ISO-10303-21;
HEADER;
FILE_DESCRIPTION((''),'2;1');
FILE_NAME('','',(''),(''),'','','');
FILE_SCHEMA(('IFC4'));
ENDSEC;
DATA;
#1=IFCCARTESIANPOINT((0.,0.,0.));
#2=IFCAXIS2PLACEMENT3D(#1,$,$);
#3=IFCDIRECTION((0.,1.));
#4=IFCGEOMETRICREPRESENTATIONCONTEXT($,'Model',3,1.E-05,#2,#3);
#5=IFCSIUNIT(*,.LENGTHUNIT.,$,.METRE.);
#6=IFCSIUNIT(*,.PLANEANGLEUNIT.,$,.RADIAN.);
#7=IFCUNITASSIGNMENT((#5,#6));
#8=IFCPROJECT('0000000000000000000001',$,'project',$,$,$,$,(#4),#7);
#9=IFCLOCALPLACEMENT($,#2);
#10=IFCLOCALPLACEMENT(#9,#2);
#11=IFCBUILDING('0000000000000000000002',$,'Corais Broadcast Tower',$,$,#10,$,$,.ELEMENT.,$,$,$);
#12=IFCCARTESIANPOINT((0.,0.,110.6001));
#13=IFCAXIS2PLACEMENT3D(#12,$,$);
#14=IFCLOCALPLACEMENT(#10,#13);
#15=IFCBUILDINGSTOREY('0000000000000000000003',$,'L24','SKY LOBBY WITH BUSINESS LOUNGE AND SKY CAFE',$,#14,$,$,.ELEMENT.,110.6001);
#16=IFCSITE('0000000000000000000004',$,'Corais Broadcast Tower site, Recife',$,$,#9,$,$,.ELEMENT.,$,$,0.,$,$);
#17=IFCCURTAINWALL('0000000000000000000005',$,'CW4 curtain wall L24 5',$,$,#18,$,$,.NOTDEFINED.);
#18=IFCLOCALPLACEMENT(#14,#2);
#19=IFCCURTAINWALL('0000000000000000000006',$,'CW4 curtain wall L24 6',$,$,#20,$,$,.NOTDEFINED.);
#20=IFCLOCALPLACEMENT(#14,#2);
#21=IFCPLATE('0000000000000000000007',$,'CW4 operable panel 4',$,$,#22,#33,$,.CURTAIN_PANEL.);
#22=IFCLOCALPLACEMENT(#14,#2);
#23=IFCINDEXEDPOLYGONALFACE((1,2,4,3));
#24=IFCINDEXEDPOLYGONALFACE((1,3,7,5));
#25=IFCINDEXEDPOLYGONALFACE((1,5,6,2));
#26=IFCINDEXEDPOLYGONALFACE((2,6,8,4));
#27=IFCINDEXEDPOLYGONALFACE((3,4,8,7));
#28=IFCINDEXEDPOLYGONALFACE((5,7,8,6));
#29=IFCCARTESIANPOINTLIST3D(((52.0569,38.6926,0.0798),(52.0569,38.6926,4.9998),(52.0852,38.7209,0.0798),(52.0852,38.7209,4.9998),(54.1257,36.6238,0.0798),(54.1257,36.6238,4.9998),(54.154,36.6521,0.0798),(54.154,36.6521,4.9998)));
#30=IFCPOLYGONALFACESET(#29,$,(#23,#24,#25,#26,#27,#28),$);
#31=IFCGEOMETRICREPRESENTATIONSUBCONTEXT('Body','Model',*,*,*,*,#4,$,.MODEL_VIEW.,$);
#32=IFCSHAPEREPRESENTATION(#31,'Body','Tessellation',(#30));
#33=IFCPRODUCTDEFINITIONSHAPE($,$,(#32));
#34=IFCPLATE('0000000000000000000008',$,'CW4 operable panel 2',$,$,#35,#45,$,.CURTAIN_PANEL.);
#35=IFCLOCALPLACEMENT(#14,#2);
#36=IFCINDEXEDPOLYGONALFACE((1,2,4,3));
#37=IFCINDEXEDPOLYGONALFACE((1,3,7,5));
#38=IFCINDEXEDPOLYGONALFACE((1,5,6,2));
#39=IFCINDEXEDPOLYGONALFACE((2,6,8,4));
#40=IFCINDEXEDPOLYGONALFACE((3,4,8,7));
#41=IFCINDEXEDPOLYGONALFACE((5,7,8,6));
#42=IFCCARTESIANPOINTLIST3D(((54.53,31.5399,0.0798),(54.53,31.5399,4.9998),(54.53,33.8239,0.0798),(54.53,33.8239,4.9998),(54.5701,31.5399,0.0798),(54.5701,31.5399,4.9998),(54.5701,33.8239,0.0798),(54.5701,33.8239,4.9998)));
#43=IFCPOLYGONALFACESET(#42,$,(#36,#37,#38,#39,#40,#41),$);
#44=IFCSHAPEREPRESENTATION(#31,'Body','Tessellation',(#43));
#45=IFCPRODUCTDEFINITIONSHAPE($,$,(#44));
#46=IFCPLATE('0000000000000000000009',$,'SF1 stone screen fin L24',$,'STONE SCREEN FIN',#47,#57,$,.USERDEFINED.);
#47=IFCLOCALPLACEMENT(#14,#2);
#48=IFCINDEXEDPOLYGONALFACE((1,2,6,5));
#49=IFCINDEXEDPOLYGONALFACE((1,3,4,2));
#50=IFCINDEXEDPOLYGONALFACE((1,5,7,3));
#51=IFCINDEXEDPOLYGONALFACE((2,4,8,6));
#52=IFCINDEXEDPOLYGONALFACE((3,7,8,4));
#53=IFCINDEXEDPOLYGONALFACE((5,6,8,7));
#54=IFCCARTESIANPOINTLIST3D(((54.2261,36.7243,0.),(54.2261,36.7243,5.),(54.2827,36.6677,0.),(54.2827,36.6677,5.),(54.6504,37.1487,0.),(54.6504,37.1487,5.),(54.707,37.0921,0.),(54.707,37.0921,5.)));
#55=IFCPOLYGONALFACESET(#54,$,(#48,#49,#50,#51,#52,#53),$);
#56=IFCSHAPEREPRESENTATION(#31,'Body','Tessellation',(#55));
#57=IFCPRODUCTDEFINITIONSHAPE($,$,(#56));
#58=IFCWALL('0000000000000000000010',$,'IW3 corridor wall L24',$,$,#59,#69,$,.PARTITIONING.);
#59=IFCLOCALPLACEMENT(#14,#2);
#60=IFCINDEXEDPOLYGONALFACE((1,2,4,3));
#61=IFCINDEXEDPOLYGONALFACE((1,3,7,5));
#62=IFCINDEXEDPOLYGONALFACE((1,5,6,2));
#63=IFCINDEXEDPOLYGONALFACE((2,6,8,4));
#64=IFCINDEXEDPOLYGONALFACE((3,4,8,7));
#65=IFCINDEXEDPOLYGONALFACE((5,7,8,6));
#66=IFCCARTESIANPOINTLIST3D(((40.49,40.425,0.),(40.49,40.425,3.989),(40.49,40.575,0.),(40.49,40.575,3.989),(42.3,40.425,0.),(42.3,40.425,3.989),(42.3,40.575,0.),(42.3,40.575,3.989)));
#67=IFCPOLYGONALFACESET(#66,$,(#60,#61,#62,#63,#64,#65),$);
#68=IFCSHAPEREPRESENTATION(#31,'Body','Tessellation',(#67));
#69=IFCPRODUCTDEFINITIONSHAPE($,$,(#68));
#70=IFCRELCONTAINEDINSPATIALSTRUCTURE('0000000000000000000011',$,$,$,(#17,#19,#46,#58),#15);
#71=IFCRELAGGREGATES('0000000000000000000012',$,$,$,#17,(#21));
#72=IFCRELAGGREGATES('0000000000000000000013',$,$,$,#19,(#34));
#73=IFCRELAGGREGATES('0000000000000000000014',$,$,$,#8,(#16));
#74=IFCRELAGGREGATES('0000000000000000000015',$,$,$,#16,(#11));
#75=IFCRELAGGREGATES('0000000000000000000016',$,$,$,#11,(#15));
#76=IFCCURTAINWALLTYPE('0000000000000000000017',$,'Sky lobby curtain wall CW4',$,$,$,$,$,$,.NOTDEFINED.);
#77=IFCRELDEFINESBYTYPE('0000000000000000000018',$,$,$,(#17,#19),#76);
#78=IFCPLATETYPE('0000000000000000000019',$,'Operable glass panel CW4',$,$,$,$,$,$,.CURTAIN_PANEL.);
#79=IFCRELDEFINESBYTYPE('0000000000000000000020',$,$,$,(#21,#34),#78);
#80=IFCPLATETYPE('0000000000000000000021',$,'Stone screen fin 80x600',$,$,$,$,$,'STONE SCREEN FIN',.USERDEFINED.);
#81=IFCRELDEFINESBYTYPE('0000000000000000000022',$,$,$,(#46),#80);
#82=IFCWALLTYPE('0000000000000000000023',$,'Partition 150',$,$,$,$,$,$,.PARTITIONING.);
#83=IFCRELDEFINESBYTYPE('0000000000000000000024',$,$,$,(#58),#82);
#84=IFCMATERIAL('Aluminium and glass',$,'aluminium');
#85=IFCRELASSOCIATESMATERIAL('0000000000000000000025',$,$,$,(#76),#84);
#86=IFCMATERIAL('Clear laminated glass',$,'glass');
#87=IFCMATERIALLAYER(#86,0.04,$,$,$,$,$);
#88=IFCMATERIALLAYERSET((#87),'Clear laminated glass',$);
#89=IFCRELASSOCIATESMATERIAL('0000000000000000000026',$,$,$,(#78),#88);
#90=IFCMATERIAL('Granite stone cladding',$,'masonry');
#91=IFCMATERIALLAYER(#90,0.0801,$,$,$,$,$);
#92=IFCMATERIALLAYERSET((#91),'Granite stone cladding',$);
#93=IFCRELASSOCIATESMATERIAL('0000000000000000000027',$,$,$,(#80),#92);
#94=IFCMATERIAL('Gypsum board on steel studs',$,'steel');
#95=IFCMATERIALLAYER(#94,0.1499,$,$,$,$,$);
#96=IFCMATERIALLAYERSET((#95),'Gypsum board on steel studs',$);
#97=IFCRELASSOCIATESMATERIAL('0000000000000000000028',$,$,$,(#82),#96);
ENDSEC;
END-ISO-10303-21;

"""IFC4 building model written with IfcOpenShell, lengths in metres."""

from ifc_helpers import new_model, si_unit, direction, frame, frame_2d, origin, origin_2d, place, context, subcontext, project, spatial, rectangle, extrude, material, layer, layer_set, type_object, element, aggregate, save


model = new_model("IFC4")

# Units and contexts
model_context = context("Model", 3, precision=1e-05, world=origin(), true_north=direction((0.0, 1.0)))
body_context = subcontext(model_context, "Body", "Model", "MODEL_VIEW")
ifc_project = project(units=[si_unit("LENGTHUNIT", "METRE"), si_unit("PLANEANGLEUNIT", "RADIAN")], contexts=[model_context])

# Site, building, storey
site_placement = place(None, origin())
site = spatial("IfcSite", under=ifc_project, at=site_placement, Name="Corais Broadcast Tower site, Recife", CompositionType="ELEMENT", RefElevation=0.0)
building_placement = place(site_placement, origin())
building = spatial("IfcBuilding", under=site, at=building_placement, Name="Corais Broadcast Tower", CompositionType="ELEMENT")
storey_placement = place(building_placement, frame((0.0, 0.0, 110.6001)))
storey = spatial("IfcBuildingStorey", under=building, at=storey_placement, Name="L24", Description="SKY LOBBY WITH BUSINESS LOUNGE AND SKY CAFE", CompositionType="ELEMENT", Elevation=110.6001)

# Curtain walls
ifc_material_1 = material(Name="Aluminium and glass", Category="aluminium")
curtain_wall_type = type_object("IfcCurtainWallType", Name="Sky lobby curtain wall CW4", PredefinedType="NOTDEFINED", material=ifc_material_1)
curtain_wall_1_placement = place(storey_placement, origin())
curtain_wall_1 = element("IfcCurtainWall", 1, at=curtain_wall_1_placement, inside=storey, type_object=curtain_wall_type, Name="CW4 curtain wall L24 5", PredefinedType="NOTDEFINED")
curtain_wall_2_placement = place(storey_placement, origin())
curtain_wall_2 = element("IfcCurtainWall", 2, at=curtain_wall_2_placement, inside=storey, type_object=curtain_wall_type, Name="CW4 curtain wall L24 6", PredefinedType="NOTDEFINED")

# Plates
ifc_material_2 = material(Name="Clear laminated glass", Category="glass")
ifc_layer_1 = layer(ifc_material_2, 0.04)
ifc_layer_set_1 = layer_set([ifc_layer_1], Name="Clear laminated glass")
plate_type_1 = type_object("IfcPlateType", Name="Operable glass panel CW4", PredefinedType="CURTAIN_PANEL", material=ifc_layer_set_1)
plate_1_placement = place(storey_placement, frame((53.1055, 37.6724, 0.0798), z_axis=(0.0, 0.0, 1.0), x_axis=(0.707107, -0.707107, 0.0)))
plate_1 = element("IfcPlate", 3, at=plate_1_placement, type_object=plate_type_1, Name="CW4 operable panel 4", PredefinedType="CURTAIN_PANEL", context=body_context, shape_type="SweptSolid", body=[
    extrude(rectangle(XDim=2.9258, YDim=0.04, at=origin_2d()), origin(), (0.0, 0.0, 1.0), 4.9199),
])
aggregate(curtain_wall_1, [plate_1])
plate_2_placement = place(storey_placement, frame((54.55, 32.6819, 0.0798), z_axis=(0.0, 0.0, 1.0), x_axis=(0.0, -1.0, 0.0)))
plate_2 = element("IfcPlate", 4, at=plate_2_placement, type_object=plate_type_1, Name="CW4 operable panel 2", PredefinedType="CURTAIN_PANEL", context=body_context, shape_type="SweptSolid", body=[
    extrude(rectangle(XDim=2.2839, YDim=0.04, at=origin_2d()), origin(), (0.0, 0.0, 1.0), 4.9199),
])
aggregate(curtain_wall_2, [plate_2])
ifc_material_3 = material(Name="Granite stone cladding", Category="masonry")
ifc_layer_2 = layer(ifc_material_3, 0.0801)
ifc_layer_set_2 = layer_set([ifc_layer_2], Name="Granite stone cladding")
plate_type_2 = type_object("IfcPlateType", Name="Stone screen fin 80x600", ElementType="STONE SCREEN FIN", PredefinedType="USERDEFINED", material=ifc_layer_set_2)
plate_3_placement = place(storey_placement, frame((54.4666, 36.9082, 0.0), z_axis=(0.0, 0.0, 1.0), x_axis=(0.707107, -0.707107, 0.0)))
element("IfcPlate", 5, at=plate_3_placement, inside=storey, type_object=plate_type_2, Name="SF1 stone screen fin L24", ObjectType="STONE SCREEN FIN", PredefinedType="USERDEFINED", context=body_context, shape_type="SweptSolid", body=[
    extrude(rectangle(XDim=0.0801, YDim=0.6001, at=origin_2d()), origin(), (0.0, 0.0, 1.0), 5.0),
])

# Wall
ifc_material_4 = material(Name="Gypsum board on steel studs", Category="steel")
ifc_layer_3 = layer(ifc_material_4, 0.1499)
ifc_layer_set_3 = layer_set([ifc_layer_3], Name="Gypsum board on steel studs")
wall_type = type_object("IfcWallType", Name="Partition 150", PredefinedType="PARTITIONING", material=ifc_layer_set_3)
wall_placement = place(storey_placement, frame((42.3, 40.5, 0.0), z_axis=(0.0, 0.0, 1.0), x_axis=(-1.0, 0.0, 0.0)))
element("IfcWall", 6, at=wall_placement, inside=storey, type_object=wall_type, Name="IW3 corridor wall L24", PredefinedType="PARTITIONING", context=body_context, shape_type="SweptSolid", body=[
    extrude(rectangle(XDim=1.8101, YDim=0.1499, at=frame_2d((0.905, 0.0))), origin(), (0.0, 0.0, 1.0), 3.989),
])

save(model, "model.ifc")
